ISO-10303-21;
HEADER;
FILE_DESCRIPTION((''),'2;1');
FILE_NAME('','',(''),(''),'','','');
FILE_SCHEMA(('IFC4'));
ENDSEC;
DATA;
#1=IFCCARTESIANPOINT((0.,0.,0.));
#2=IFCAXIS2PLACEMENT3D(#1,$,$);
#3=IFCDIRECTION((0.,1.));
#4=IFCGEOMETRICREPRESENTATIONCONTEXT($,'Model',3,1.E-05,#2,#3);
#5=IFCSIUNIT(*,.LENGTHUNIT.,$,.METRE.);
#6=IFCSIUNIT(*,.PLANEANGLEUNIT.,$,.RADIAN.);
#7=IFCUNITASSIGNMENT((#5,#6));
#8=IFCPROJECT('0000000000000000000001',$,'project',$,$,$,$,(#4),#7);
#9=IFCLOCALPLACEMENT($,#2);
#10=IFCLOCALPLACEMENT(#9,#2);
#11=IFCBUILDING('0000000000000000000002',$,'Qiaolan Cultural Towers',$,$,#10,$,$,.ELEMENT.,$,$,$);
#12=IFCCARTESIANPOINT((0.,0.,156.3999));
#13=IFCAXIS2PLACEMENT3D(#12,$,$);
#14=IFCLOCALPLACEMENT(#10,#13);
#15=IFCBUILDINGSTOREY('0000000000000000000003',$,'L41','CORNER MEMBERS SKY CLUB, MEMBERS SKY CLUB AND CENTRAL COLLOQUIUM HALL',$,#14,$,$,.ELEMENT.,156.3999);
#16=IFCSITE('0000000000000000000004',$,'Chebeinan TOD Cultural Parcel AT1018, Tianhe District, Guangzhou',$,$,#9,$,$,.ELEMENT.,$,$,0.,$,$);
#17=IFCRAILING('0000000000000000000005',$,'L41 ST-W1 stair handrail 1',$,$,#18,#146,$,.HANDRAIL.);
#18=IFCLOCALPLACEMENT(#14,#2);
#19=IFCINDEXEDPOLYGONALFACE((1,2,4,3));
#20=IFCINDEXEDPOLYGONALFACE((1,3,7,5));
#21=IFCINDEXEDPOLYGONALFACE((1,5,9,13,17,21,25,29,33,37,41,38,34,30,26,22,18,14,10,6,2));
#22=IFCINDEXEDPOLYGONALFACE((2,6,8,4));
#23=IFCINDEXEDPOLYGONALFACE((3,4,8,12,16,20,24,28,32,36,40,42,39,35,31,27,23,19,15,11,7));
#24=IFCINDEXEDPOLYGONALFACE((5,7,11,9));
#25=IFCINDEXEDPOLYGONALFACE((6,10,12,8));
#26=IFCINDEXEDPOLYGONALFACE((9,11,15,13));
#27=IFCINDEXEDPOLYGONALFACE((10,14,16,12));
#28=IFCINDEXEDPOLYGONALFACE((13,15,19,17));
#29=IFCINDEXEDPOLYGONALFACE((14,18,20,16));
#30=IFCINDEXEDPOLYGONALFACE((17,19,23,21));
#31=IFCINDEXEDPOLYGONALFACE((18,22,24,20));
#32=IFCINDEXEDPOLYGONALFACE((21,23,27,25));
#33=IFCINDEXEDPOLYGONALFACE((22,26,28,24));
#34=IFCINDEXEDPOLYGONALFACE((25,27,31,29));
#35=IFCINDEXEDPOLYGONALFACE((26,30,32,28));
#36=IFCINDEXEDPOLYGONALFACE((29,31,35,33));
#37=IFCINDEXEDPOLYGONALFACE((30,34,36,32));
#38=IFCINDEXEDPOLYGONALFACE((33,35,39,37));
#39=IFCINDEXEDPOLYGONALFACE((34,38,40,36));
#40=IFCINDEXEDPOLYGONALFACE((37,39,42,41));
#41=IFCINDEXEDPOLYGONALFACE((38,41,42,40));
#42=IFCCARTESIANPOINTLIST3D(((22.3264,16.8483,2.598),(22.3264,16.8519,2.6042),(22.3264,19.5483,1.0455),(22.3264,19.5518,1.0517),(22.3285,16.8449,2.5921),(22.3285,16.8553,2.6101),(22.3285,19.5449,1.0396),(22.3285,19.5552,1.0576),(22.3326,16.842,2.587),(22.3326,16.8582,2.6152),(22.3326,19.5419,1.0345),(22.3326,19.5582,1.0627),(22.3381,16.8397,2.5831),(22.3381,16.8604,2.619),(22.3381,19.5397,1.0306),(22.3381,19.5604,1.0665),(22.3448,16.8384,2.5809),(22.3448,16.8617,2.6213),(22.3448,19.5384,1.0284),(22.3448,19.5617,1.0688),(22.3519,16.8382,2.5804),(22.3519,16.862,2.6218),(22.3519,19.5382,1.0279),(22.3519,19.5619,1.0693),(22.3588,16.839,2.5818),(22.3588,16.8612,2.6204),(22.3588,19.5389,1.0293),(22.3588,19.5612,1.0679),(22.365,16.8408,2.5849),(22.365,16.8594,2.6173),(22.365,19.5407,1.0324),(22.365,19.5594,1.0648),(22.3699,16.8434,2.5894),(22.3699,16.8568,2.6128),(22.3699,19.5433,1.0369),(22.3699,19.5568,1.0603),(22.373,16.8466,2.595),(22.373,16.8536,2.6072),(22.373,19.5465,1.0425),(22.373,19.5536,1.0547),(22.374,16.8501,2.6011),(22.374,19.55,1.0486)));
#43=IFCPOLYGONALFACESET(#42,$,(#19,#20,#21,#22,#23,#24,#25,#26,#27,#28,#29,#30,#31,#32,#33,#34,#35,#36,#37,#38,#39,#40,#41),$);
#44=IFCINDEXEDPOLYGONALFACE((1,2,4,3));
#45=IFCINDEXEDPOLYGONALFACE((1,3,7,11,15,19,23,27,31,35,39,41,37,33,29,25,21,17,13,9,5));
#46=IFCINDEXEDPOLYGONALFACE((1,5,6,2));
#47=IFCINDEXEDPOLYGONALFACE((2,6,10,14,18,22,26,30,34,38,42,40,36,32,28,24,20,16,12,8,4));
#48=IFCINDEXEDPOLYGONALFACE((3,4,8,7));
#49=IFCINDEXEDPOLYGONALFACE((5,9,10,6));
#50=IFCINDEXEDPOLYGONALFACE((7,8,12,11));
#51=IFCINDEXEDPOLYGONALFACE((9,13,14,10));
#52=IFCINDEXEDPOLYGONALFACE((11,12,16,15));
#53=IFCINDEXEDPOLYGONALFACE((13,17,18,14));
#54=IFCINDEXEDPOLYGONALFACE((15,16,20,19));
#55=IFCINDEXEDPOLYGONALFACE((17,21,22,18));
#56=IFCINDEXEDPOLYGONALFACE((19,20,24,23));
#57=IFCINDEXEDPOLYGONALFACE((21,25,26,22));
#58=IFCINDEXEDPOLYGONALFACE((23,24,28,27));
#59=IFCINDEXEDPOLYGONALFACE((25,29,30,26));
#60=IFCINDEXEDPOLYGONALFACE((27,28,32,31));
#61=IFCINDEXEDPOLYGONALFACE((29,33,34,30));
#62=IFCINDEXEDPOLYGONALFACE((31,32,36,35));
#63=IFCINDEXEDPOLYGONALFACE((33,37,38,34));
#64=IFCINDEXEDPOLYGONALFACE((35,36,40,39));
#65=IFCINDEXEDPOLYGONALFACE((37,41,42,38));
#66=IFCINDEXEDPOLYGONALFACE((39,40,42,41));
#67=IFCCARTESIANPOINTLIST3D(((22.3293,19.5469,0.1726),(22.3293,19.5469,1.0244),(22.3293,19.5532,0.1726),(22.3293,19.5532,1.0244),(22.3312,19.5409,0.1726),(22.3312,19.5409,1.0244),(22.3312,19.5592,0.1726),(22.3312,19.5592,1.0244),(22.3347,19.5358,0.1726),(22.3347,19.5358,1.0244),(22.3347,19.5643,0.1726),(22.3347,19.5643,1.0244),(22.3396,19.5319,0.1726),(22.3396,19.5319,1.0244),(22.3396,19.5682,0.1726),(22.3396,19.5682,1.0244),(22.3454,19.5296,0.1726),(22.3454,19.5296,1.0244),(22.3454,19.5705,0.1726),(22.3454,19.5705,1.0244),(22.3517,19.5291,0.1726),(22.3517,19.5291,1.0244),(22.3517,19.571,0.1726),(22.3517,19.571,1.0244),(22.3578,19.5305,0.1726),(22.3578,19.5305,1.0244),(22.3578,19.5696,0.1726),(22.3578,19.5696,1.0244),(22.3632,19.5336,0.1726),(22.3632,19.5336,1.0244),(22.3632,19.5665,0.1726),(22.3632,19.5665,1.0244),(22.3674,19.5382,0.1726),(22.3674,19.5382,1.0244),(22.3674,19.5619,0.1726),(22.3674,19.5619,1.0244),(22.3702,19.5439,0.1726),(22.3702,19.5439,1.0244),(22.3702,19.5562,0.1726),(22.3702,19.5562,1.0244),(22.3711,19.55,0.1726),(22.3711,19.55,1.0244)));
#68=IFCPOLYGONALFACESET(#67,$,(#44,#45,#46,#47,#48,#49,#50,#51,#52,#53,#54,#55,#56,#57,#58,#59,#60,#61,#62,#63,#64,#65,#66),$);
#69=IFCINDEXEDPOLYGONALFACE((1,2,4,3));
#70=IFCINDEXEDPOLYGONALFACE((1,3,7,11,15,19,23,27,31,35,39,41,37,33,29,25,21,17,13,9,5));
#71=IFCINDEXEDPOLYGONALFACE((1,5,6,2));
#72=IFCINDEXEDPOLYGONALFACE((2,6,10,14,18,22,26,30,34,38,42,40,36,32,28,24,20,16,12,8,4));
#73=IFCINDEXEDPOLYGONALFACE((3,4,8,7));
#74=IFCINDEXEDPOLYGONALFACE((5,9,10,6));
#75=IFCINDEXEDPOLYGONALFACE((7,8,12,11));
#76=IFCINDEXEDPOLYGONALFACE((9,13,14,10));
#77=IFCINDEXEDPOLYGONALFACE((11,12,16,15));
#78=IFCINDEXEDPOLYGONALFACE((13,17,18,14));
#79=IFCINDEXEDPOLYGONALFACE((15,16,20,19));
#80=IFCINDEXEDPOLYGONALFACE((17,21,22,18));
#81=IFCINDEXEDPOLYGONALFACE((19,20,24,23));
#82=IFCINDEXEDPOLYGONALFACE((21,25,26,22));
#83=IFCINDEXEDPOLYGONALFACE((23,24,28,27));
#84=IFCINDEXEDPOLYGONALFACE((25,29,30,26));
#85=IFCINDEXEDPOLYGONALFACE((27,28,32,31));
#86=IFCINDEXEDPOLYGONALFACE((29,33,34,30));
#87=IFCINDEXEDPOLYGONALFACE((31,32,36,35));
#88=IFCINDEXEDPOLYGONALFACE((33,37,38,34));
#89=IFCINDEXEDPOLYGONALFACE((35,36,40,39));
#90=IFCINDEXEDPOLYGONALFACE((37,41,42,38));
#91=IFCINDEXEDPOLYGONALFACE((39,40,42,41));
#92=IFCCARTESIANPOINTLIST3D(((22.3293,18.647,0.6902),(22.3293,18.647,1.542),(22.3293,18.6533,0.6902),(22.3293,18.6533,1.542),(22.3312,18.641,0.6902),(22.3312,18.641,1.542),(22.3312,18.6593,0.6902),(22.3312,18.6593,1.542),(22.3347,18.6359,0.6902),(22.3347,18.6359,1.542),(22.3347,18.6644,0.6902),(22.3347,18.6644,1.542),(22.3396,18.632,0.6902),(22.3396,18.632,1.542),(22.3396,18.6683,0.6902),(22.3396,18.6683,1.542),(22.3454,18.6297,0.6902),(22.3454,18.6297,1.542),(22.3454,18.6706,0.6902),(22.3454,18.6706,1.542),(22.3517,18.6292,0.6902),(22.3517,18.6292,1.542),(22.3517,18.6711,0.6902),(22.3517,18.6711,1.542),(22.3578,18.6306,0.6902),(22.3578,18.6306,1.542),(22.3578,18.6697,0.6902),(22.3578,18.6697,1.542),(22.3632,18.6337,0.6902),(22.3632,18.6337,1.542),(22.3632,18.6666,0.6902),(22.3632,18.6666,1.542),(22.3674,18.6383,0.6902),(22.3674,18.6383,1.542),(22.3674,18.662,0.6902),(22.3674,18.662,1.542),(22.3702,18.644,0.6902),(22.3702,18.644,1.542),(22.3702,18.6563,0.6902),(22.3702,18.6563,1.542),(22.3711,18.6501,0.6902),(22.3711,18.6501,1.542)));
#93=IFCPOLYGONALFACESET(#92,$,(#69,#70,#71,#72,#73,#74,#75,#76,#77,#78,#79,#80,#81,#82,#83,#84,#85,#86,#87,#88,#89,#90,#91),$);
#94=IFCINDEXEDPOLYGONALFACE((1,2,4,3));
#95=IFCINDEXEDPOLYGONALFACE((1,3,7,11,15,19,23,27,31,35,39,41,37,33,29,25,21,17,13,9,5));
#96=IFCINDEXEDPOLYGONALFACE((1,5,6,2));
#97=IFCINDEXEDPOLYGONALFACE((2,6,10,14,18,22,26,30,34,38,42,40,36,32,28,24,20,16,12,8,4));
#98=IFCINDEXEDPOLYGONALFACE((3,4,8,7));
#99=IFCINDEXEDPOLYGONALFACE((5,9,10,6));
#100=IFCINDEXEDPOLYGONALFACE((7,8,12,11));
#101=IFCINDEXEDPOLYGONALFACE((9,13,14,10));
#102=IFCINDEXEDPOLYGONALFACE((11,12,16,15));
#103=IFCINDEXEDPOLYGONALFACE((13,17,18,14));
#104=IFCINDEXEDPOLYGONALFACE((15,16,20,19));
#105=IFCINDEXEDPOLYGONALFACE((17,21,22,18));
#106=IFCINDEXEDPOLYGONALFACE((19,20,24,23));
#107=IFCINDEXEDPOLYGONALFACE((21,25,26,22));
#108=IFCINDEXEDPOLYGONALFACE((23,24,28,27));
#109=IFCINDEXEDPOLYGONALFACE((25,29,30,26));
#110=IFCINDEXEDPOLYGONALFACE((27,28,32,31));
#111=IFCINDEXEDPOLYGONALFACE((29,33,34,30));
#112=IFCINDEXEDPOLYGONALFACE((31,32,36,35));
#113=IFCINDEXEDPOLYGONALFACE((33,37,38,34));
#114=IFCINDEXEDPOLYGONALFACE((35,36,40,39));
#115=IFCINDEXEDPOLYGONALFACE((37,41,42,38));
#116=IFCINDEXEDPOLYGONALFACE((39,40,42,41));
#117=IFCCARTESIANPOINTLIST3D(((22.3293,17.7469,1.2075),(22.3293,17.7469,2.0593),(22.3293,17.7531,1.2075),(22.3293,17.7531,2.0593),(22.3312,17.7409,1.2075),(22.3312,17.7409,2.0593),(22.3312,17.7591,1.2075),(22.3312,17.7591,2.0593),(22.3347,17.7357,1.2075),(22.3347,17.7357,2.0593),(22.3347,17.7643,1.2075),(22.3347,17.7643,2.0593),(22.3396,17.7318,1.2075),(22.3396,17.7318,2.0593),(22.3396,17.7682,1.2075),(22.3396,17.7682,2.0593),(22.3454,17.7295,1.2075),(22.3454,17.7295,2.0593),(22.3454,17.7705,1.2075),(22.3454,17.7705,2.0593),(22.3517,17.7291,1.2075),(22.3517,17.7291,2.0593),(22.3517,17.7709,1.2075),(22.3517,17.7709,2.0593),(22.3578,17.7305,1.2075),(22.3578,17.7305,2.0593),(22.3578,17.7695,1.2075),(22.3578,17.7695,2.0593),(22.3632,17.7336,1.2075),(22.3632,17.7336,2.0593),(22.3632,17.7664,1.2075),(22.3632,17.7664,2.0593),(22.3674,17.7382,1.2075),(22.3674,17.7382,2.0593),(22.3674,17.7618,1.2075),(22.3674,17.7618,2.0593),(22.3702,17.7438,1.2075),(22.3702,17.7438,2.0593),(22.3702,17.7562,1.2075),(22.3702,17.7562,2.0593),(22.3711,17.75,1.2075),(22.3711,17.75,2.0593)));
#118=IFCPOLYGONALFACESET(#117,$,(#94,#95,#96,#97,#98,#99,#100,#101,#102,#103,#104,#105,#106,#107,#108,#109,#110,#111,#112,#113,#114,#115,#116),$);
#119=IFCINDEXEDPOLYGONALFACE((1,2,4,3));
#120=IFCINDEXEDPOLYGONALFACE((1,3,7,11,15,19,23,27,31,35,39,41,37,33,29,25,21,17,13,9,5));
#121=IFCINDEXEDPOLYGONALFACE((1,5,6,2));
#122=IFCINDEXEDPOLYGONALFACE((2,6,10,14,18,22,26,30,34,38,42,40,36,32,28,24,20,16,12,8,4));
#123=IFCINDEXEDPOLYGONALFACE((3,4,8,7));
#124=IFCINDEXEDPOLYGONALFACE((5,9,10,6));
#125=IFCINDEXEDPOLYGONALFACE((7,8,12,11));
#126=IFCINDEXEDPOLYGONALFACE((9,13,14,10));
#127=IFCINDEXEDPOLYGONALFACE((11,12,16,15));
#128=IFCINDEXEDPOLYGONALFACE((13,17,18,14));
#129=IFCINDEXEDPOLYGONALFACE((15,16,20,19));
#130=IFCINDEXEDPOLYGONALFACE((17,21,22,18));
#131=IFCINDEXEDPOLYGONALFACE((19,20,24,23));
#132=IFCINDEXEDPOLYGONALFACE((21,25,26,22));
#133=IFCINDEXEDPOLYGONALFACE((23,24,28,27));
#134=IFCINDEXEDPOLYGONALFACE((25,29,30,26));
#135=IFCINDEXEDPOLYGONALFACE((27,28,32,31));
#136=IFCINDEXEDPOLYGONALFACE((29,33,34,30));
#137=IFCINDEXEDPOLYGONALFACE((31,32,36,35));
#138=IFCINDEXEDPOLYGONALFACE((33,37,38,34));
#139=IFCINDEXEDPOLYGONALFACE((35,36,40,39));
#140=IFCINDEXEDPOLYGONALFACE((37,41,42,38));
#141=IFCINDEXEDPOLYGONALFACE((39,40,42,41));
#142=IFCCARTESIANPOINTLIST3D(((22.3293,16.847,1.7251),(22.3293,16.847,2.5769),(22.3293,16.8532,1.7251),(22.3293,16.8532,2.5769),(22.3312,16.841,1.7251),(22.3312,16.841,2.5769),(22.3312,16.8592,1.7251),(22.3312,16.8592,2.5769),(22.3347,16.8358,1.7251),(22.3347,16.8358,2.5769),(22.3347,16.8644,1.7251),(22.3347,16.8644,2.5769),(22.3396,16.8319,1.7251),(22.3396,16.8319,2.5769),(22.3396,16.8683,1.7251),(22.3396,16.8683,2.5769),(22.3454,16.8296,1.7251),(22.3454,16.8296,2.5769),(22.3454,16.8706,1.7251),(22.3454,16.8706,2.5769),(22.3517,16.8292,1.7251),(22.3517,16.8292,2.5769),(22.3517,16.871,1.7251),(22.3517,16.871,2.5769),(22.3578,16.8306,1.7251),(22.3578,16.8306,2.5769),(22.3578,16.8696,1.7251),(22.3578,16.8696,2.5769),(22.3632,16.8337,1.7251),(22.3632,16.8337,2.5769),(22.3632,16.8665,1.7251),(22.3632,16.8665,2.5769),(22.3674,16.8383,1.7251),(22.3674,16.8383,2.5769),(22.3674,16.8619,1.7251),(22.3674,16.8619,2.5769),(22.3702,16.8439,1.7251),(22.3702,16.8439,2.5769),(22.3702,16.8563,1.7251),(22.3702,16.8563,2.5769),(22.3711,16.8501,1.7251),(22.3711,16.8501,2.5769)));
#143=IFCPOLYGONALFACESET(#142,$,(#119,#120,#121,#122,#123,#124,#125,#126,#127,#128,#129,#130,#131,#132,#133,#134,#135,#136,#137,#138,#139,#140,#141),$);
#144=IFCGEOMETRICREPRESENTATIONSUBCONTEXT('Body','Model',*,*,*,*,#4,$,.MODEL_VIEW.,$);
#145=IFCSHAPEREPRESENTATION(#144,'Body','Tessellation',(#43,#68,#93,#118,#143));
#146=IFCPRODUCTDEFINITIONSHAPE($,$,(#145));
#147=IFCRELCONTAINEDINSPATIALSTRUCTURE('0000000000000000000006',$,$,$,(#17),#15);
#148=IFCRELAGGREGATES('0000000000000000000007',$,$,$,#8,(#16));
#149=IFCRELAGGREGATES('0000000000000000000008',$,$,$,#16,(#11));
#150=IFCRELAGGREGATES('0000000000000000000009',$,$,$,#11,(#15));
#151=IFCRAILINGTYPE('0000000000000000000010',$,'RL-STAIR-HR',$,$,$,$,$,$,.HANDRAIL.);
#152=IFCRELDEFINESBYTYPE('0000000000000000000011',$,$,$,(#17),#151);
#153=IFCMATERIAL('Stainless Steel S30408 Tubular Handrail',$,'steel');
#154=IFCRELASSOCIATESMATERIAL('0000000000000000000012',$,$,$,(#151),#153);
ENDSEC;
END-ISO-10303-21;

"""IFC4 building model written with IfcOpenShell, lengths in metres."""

from ifc_helpers import new_model, si_unit, direction, frame, origin, origin_2d, place, context, subcontext, project, spatial, circle, extrude, material, type_object, element, save


model = new_model("IFC4")

# Units and contexts
model_context = context("Model", 3, precision=1e-05, world=origin(), true_north=direction((0.0, 1.0)))
body_context = subcontext(model_context, "Body", "Model", "MODEL_VIEW")
ifc_project = project(units=[si_unit("LENGTHUNIT", "METRE"), si_unit("PLANEANGLEUNIT", "RADIAN")], contexts=[model_context])

# Site, building, storey
site_placement = place(None, origin())
site = spatial("IfcSite", under=ifc_project, at=site_placement, Name="Chebeinan TOD Cultural Parcel AT1018, Tianhe District, Guangzhou", CompositionType="ELEMENT", RefElevation=0.0)
building_placement = place(site_placement, origin())
building = spatial("IfcBuilding", under=site, at=building_placement, Name="Qiaolan Cultural Towers", CompositionType="ELEMENT")
storey_placement = place(building_placement, frame((0.0, 0.0, 156.3999)))
storey = spatial("IfcBuildingStorey", under=building, at=storey_placement, Name="L41", Description="CORNER MEMBERS SKY CLUB, MEMBERS SKY CLUB AND CENTRAL COLLOQUIUM HALL", CompositionType="ELEMENT", Elevation=156.3999)

# Railing
ifc_material_1 = material(Name="Stainless Steel S30408 Tubular Handrail", Category="steel")
railing_type = type_object("IfcRailingType", Name="RL-STAIR-HR", PredefinedType="HANDRAIL", material=ifc_material_1)
railing_placement = place(storey_placement, frame((22.3501, 19.55, 0.1726)))
element("IfcRailing", 1, at=railing_placement, inside=storey, type_object=railing_type, Name="L41 ST-W1 stair handrail 1", PredefinedType="HANDRAIL", context=body_context, shape_type="SweptSolid", body=[
    extrude(circle(Radius=0.0239, at=origin_2d()), frame((0.0, 0.0, 0.876), z_axis=(0.0, -0.866904, 0.498476), x_axis=(1.0, 0.0, 0.0)), (0.0, 0.0, 1.0), 3.1145),
    extrude(circle(Radius=0.021, at=origin_2d()), origin(), (0.0, 0.0, 1.0), 0.8518),
    extrude(circle(Radius=0.021, at=origin_2d()), frame((0.0, -0.8999, 0.5176)), (0.0, 0.0, 1.0), 0.8518),
    extrude(circle(Radius=0.021, at=origin_2d()), frame((0.0, -1.8, 1.0349)), (0.0, 0.0, 1.0), 0.8518),
    extrude(circle(Radius=0.021, at=origin_2d()), frame((0.0, -2.7, 1.5525)), (0.0, 0.0, 1.0), 0.8518),
])

save(model, "model.ifc")
